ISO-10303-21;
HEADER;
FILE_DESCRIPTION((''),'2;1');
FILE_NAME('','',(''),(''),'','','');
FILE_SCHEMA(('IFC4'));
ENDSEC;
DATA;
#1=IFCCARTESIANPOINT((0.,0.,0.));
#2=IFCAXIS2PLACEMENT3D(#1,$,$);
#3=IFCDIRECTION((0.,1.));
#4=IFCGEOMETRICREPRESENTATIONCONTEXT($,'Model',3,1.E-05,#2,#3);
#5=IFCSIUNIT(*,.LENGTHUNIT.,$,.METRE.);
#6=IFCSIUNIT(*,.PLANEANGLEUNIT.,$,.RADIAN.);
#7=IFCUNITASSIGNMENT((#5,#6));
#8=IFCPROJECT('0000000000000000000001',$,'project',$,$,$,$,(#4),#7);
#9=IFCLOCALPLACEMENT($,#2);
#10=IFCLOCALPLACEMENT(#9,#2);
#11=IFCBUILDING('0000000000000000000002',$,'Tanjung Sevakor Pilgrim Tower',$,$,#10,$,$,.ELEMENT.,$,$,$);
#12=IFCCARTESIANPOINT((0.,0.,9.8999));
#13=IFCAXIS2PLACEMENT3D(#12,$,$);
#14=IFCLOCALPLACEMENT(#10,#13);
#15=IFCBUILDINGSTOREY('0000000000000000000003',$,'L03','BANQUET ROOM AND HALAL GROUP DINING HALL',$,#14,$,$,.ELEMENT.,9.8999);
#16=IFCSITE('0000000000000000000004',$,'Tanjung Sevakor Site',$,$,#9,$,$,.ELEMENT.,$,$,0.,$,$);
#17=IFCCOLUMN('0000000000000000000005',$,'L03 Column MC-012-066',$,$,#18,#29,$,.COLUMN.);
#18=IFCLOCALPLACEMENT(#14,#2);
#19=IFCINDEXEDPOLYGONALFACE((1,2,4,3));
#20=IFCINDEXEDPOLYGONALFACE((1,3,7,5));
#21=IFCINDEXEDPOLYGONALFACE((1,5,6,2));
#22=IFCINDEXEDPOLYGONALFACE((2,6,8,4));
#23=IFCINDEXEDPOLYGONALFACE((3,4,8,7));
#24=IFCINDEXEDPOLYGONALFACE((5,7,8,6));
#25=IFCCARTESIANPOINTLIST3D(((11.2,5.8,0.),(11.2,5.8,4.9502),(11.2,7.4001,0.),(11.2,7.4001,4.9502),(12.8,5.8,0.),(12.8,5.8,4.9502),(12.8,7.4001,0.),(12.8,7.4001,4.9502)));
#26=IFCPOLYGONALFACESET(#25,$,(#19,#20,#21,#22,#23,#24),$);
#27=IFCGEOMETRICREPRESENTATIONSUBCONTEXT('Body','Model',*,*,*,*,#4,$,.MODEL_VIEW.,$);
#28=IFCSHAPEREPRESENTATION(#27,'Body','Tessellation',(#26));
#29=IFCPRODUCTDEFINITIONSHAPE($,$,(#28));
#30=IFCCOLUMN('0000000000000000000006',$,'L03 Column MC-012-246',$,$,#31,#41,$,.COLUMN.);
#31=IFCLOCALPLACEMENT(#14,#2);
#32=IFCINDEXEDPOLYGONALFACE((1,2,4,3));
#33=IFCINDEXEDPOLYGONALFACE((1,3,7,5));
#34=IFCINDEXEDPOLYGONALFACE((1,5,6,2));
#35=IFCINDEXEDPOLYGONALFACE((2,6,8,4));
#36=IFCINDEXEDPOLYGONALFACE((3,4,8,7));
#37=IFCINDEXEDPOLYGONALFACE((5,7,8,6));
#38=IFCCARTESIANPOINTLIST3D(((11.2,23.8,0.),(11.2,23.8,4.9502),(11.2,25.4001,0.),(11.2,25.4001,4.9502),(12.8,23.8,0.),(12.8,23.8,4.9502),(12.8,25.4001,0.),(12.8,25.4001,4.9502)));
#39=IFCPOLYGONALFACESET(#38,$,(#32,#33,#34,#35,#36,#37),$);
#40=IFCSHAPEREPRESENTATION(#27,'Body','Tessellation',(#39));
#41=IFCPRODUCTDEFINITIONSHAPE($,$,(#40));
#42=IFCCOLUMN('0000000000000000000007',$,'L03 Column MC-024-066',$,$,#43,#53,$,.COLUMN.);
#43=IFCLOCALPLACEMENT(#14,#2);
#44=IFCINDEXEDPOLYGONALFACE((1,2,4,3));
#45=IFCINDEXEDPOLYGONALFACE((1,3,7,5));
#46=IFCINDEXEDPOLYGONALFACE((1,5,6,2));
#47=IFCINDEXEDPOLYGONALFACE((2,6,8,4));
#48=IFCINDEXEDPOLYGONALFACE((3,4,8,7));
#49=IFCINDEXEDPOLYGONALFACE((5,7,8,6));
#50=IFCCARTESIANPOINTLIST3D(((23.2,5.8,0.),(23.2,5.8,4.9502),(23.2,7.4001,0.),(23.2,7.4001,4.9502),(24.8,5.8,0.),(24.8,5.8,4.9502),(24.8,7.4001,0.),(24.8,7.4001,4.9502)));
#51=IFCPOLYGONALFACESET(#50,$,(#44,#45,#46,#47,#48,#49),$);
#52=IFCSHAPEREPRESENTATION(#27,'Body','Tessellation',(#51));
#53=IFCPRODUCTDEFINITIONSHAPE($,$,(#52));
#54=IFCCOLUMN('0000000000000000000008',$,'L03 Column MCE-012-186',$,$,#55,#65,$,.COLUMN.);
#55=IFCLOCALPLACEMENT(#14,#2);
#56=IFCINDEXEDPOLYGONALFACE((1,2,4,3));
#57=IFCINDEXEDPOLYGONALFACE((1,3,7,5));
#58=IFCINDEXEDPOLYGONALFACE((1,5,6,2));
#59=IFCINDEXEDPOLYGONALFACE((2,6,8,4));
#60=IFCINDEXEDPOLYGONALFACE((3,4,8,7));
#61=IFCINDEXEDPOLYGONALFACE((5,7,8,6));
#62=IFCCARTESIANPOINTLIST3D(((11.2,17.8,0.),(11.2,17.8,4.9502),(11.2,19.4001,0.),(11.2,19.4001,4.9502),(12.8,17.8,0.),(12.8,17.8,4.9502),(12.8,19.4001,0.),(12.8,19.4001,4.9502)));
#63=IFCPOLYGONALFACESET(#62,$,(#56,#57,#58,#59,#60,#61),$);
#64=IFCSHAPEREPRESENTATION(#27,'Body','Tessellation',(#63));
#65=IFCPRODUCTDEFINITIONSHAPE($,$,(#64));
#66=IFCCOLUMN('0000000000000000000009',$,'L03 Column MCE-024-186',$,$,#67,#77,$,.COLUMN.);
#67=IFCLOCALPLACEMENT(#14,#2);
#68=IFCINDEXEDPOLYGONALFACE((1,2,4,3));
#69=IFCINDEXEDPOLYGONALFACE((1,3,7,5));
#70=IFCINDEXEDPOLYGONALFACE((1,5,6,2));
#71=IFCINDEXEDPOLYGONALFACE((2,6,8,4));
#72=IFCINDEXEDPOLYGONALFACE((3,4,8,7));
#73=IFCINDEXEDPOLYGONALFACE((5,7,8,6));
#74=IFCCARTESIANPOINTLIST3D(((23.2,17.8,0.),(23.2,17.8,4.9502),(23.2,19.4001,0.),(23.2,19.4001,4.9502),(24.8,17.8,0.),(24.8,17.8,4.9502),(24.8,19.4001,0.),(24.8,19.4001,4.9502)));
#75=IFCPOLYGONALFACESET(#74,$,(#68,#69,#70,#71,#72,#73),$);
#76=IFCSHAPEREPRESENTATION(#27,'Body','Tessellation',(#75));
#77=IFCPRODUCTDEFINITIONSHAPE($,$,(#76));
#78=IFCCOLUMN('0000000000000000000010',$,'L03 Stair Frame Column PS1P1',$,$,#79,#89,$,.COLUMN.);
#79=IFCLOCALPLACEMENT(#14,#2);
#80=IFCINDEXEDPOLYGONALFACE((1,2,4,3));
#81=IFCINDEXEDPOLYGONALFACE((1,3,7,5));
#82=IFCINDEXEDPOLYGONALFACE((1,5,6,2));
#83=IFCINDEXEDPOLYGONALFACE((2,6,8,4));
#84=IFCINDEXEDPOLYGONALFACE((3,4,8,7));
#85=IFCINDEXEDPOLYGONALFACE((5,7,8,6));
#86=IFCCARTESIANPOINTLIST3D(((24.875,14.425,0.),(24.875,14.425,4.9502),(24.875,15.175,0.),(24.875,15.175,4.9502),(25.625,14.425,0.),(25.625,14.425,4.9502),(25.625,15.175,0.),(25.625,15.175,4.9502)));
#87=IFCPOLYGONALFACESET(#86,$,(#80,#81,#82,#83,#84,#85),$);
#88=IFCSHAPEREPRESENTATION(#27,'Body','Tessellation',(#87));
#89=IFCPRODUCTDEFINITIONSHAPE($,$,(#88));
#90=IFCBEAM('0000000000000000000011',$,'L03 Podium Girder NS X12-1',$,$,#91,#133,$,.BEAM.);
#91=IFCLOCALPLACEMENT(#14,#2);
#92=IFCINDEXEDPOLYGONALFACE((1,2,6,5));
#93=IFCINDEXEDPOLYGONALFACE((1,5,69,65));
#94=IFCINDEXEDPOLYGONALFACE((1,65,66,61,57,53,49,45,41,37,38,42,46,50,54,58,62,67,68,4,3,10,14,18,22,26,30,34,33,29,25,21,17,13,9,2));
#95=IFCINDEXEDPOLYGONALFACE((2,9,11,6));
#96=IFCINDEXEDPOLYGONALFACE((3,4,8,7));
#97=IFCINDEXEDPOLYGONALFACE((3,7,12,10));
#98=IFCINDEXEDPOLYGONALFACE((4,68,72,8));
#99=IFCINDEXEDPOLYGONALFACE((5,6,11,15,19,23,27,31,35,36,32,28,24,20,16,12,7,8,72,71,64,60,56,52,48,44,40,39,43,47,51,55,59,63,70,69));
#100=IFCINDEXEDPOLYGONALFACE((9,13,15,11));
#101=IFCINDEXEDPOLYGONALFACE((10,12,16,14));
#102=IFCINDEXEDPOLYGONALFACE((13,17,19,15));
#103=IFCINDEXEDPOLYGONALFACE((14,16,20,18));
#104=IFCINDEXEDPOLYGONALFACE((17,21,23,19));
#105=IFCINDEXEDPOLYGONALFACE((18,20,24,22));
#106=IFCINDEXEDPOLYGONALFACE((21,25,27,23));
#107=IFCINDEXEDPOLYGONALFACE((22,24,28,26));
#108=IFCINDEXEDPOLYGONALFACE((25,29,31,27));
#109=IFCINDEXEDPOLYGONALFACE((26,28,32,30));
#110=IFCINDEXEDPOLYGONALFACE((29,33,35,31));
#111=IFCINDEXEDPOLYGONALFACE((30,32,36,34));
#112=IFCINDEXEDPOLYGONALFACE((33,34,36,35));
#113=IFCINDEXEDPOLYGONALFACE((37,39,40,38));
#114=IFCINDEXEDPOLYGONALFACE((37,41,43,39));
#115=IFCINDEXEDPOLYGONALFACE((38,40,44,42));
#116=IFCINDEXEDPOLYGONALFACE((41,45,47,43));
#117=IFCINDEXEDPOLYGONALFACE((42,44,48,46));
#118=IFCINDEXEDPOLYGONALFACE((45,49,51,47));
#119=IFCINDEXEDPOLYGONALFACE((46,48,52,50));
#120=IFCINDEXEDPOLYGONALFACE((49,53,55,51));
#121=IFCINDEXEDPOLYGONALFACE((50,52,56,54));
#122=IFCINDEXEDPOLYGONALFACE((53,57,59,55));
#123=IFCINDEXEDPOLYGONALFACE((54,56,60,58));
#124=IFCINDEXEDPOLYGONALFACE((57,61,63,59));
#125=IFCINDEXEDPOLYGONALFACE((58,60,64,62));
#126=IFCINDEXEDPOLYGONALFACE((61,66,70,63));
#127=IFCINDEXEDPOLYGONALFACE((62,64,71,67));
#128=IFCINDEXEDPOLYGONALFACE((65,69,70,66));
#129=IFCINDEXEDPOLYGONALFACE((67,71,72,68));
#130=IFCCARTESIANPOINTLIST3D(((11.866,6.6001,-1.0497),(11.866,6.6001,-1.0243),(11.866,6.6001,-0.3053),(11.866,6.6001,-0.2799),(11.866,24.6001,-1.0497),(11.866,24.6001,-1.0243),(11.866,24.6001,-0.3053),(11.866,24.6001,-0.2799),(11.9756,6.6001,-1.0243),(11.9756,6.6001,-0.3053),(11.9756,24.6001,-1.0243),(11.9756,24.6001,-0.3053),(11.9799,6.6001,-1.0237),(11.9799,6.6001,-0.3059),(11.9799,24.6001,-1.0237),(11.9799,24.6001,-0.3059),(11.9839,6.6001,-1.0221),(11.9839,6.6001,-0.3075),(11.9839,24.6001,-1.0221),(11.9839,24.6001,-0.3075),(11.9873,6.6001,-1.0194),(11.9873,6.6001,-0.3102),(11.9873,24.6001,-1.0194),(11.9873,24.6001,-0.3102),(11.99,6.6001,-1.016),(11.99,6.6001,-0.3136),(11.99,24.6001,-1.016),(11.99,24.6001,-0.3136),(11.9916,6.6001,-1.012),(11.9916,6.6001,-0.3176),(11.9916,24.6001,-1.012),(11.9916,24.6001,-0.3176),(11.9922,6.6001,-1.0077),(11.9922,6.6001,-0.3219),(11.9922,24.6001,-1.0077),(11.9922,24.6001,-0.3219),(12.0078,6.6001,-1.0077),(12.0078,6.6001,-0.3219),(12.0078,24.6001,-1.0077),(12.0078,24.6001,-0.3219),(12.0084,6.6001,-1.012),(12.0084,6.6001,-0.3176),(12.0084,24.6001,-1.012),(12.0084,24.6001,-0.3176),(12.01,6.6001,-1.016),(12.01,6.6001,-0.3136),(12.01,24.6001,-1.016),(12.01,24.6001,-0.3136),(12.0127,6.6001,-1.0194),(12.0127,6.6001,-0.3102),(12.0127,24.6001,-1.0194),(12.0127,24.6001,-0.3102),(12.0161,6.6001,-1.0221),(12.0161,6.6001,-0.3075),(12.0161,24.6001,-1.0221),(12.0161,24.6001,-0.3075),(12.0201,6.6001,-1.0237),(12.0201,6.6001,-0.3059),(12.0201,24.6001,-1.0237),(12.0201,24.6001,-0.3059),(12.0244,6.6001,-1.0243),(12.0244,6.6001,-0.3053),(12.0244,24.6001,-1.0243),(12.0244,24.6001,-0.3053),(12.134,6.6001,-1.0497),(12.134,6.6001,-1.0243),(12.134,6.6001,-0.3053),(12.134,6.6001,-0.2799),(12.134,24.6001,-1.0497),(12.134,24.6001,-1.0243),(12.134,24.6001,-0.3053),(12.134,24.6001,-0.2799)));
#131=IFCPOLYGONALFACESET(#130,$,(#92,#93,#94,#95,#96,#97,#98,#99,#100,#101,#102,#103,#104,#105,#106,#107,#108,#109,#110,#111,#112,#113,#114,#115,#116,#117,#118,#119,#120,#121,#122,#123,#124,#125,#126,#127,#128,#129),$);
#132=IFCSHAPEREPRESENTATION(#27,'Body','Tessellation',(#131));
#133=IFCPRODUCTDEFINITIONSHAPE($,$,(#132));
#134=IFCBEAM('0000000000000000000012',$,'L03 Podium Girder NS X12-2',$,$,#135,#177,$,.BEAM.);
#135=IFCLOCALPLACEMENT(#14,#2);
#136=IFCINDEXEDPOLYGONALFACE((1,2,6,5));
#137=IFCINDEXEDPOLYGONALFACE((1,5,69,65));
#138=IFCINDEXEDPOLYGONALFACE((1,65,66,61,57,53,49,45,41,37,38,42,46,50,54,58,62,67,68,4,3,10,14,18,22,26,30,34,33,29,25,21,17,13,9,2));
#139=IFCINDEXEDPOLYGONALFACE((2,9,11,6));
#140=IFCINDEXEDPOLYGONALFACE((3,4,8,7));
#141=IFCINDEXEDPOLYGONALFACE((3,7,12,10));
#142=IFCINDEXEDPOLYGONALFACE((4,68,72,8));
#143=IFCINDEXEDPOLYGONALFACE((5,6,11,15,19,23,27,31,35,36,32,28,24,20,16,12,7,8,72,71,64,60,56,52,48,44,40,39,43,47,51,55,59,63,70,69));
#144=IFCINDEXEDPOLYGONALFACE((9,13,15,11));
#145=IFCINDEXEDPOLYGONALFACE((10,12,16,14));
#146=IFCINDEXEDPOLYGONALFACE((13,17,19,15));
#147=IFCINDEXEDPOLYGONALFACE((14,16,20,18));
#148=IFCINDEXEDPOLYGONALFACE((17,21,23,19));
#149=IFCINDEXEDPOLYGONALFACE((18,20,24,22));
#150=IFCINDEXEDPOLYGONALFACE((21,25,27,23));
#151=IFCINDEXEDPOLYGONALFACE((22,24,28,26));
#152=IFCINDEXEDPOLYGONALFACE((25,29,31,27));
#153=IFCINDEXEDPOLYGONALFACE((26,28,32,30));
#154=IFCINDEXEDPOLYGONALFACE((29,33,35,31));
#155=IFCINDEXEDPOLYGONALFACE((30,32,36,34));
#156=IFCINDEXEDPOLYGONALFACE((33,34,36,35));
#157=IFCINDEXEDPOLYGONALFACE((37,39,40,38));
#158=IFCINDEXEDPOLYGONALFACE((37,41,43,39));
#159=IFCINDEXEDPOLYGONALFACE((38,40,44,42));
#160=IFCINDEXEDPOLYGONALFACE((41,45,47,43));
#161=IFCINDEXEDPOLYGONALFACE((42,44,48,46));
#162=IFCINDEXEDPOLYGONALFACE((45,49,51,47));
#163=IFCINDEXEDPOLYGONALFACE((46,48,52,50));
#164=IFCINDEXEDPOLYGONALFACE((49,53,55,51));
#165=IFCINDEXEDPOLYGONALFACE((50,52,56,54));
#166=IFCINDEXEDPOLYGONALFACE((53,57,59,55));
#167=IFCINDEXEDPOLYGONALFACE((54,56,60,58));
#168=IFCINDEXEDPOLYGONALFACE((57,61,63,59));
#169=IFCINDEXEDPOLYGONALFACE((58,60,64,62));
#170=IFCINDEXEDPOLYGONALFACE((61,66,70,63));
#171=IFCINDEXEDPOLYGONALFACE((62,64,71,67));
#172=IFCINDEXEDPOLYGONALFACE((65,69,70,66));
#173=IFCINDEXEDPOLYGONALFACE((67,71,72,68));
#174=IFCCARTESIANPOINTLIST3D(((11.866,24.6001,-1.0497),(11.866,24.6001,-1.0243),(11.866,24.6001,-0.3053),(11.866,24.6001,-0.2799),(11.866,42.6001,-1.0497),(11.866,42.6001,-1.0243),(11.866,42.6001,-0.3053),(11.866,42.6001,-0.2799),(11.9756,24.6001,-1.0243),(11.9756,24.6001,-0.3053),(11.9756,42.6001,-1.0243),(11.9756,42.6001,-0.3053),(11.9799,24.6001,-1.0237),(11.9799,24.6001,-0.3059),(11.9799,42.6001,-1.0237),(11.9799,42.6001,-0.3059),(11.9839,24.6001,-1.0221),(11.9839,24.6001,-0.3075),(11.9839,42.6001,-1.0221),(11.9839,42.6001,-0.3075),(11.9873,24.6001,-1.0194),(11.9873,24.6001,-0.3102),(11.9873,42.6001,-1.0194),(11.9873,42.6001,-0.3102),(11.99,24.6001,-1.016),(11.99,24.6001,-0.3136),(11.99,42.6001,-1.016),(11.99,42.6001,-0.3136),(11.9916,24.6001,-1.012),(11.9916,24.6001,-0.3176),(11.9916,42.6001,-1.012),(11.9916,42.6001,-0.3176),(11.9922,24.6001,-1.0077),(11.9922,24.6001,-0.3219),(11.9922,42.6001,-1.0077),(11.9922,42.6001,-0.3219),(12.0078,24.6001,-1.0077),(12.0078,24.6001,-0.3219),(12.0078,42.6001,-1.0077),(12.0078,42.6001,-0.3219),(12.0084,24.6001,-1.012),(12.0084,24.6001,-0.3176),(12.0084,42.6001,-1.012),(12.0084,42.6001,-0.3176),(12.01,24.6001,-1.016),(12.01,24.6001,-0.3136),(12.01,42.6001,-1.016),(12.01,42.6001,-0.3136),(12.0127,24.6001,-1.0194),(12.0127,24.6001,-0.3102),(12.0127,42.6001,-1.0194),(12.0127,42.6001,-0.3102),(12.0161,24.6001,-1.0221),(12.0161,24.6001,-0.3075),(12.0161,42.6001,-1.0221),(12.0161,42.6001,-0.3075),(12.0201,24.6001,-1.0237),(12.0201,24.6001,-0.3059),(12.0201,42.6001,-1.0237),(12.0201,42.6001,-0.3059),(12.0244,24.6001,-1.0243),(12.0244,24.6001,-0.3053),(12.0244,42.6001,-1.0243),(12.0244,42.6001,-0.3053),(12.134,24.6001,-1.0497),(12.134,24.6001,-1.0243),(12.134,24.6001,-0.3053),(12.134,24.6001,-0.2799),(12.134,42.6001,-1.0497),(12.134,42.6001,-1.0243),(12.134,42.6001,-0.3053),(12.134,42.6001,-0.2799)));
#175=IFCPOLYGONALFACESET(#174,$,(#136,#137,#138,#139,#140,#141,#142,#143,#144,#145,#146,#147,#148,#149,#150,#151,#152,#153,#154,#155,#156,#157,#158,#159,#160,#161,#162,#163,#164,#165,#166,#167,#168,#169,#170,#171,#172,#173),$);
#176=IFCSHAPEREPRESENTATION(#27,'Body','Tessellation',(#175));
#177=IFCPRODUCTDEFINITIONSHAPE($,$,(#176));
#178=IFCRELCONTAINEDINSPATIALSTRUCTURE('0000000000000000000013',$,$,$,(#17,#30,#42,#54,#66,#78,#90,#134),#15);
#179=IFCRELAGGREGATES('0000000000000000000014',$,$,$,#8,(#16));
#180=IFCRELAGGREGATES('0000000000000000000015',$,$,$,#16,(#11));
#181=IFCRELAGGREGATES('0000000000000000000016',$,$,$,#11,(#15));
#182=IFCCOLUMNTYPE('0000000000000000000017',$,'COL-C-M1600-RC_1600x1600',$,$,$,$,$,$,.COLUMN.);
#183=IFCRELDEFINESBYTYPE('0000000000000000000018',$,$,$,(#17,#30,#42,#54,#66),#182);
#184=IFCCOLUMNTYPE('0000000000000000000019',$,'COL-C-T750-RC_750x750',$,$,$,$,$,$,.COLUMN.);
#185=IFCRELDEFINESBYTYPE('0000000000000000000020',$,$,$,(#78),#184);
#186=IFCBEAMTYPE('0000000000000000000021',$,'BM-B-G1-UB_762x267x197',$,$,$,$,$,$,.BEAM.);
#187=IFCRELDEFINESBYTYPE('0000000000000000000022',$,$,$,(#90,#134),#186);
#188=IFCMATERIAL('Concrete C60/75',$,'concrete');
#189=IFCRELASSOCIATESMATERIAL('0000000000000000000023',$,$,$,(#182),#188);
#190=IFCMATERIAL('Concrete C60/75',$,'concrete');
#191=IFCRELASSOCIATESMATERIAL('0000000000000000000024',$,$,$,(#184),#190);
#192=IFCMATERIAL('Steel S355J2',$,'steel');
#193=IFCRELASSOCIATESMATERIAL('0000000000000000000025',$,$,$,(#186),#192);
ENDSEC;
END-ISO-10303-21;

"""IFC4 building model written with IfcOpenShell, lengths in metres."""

from ifc_helpers import new_model, si_unit, direction, frame, origin, origin_2d, place, context, subcontext, project, spatial, rectangle, i_section, extrude, material, material_profile, profile_set, type_object, element, save


model = new_model("IFC4")

# Units and contexts
model_context = context("Model", 3, precision=1e-05, world=origin(), true_north=direction((0.0, 1.0)))
body_context = subcontext(model_context, "Body", "Model", "MODEL_VIEW")
ifc_project = project(units=[si_unit("LENGTHUNIT", "METRE"), si_unit("PLANEANGLEUNIT", "RADIAN")], contexts=[model_context])

# Site, building, storey
site_placement = place(None, origin())
site = spatial("IfcSite", under=ifc_project, at=site_placement, Name="Tanjung Sevakor Site", CompositionType="ELEMENT", RefElevation=0.0)
building_placement = place(site_placement, origin())
building = spatial("IfcBuilding", under=site, at=building_placement, Name="Tanjung Sevakor Pilgrim Tower", CompositionType="ELEMENT")
storey_placement = place(building_placement, frame((0.0, 0.0, 9.8999)))
storey = spatial("IfcBuildingStorey", under=building, at=storey_placement, Name="L03", Description="BANQUET ROOM AND HALAL GROUP DINING HALL", CompositionType="ELEMENT", Elevation=9.8999)

# Columns
ifc_material_1 = material(Name="Concrete C60/75", Category="concrete")
ifc_material_profile_1 = material_profile(ifc_material_1, rectangle(XDim=1.6001, YDim=1.6001, at=origin_2d()))
ifc_profile_set_1 = profile_set([ifc_material_profile_1], Name="Concrete C60/75")
column_type_1 = type_object("IfcColumnType", Name="COL-C-M1600-RC_1600x1600", PredefinedType="COLUMN", material=ifc_profile_set_1)
for number, where, z_axis, x_axis, name in (
    (1, (12.0, 6.6001, 0.0), (0.0, 0.0, 1.0), (1.0, 0.0, 0.0), "L03 Column MC-012-066"),
    (2, (12.0, 24.6001, 0.0), (0.0, 0.0, 1.0), (1.0, 0.0, 0.0), "L03 Column MC-012-246"),
    (3, (24.0, 6.6001, 0.0), (0.0, 0.0, 1.0), (1.0, 0.0, 0.0), "L03 Column MC-024-066"),
    (4, (12.0, 18.6001, 0.0), (0.0, 0.0, 1.0), (1.0, 0.0, 0.0), "L03 Column MCE-012-186"),
    (5, (24.0, 18.6001, 0.0), (0.0, 0.0, 1.0), (1.0, 0.0, 0.0), "L03 Column MCE-024-186"),
):
    element("IfcColumn", number, at=place(storey_placement, frame(where, z_axis=z_axis, x_axis=x_axis)), inside=storey, type_object=column_type_1, Name=name, PredefinedType="COLUMN", context=body_context, shape_type="SweptSolid", body=[
        extrude(rectangle(XDim=1.6001, YDim=1.6001, at=origin_2d()), origin(), (0.0, 0.0, 1.0), 4.9502),
    ])
ifc_material_2 = material(Name="Concrete C60/75", Category="concrete")
ifc_material_profile_2 = material_profile(ifc_material_2, rectangle(XDim=0.75, YDim=0.75, at=origin_2d()))
ifc_profile_set_2 = profile_set([ifc_material_profile_2], Name="Concrete C60/75")
column_type_2 = type_object("IfcColumnType", Name="COL-C-T750-RC_750x750", PredefinedType="COLUMN", material=ifc_profile_set_2)
column_placement = place(storey_placement, frame((25.25, 14.8, 0.0), z_axis=(0.0, 0.0, 1.0), x_axis=(1.0, 0.0, 0.0)))
element("IfcColumn", 6, at=column_placement, inside=storey, type_object=column_type_2, Name="L03 Stair Frame Column PS1P1", PredefinedType="COLUMN", context=body_context, shape_type="SweptSolid", body=[
    extrude(rectangle(XDim=0.75, YDim=0.75, at=origin_2d()), origin(), (0.0, 0.0, 1.0), 4.9502),
])

# Beams
ifc_material_3 = material(Name="Steel S355J2", Category="steel")
ifc_material_profile_3 = material_profile(ifc_material_3, i_section(OverallWidth=0.2681, OverallDepth=0.7698, WebThickness=0.0156, FlangeThickness=0.0254, FilletRadius=0.0166, at=origin_2d()))
ifc_profile_set_3 = profile_set([ifc_material_profile_3], Name="Steel S355J2")
beam_type_1 = type_object("IfcBeamType", Name="BM-B-G1-UB_762x267x197", PredefinedType="BEAM", material=ifc_profile_set_3)
for number, where, z_axis, x_axis, name in (
    (7, (12.0, 6.6001, -0.6648), (0.0, 1.0, 0.0), (-1.0, 0.0, 0.0), "L03 Podium Girder NS X12-1"),
    (8, (12.0, 24.6001, -0.6648), (0.0, 1.0, 0.0), (-1.0, 0.0, 0.0), "L03 Podium Girder NS X12-2"),
):
    element("IfcBeam", number, at=place(storey_placement, frame(where, z_axis=z_axis, x_axis=x_axis)), inside=storey, type_object=beam_type_1, Name=name, PredefinedType="BEAM", context=body_context, shape_type="SweptSolid", body=[
        extrude(i_section(OverallWidth=0.2681, OverallDepth=0.7698, WebThickness=0.0156, FlangeThickness=0.0254, FilletRadius=0.0166, at=origin_2d()), origin(), (0.0, 0.0, 1.0), 18.0),
    ])

save(model, "model.ifc")
